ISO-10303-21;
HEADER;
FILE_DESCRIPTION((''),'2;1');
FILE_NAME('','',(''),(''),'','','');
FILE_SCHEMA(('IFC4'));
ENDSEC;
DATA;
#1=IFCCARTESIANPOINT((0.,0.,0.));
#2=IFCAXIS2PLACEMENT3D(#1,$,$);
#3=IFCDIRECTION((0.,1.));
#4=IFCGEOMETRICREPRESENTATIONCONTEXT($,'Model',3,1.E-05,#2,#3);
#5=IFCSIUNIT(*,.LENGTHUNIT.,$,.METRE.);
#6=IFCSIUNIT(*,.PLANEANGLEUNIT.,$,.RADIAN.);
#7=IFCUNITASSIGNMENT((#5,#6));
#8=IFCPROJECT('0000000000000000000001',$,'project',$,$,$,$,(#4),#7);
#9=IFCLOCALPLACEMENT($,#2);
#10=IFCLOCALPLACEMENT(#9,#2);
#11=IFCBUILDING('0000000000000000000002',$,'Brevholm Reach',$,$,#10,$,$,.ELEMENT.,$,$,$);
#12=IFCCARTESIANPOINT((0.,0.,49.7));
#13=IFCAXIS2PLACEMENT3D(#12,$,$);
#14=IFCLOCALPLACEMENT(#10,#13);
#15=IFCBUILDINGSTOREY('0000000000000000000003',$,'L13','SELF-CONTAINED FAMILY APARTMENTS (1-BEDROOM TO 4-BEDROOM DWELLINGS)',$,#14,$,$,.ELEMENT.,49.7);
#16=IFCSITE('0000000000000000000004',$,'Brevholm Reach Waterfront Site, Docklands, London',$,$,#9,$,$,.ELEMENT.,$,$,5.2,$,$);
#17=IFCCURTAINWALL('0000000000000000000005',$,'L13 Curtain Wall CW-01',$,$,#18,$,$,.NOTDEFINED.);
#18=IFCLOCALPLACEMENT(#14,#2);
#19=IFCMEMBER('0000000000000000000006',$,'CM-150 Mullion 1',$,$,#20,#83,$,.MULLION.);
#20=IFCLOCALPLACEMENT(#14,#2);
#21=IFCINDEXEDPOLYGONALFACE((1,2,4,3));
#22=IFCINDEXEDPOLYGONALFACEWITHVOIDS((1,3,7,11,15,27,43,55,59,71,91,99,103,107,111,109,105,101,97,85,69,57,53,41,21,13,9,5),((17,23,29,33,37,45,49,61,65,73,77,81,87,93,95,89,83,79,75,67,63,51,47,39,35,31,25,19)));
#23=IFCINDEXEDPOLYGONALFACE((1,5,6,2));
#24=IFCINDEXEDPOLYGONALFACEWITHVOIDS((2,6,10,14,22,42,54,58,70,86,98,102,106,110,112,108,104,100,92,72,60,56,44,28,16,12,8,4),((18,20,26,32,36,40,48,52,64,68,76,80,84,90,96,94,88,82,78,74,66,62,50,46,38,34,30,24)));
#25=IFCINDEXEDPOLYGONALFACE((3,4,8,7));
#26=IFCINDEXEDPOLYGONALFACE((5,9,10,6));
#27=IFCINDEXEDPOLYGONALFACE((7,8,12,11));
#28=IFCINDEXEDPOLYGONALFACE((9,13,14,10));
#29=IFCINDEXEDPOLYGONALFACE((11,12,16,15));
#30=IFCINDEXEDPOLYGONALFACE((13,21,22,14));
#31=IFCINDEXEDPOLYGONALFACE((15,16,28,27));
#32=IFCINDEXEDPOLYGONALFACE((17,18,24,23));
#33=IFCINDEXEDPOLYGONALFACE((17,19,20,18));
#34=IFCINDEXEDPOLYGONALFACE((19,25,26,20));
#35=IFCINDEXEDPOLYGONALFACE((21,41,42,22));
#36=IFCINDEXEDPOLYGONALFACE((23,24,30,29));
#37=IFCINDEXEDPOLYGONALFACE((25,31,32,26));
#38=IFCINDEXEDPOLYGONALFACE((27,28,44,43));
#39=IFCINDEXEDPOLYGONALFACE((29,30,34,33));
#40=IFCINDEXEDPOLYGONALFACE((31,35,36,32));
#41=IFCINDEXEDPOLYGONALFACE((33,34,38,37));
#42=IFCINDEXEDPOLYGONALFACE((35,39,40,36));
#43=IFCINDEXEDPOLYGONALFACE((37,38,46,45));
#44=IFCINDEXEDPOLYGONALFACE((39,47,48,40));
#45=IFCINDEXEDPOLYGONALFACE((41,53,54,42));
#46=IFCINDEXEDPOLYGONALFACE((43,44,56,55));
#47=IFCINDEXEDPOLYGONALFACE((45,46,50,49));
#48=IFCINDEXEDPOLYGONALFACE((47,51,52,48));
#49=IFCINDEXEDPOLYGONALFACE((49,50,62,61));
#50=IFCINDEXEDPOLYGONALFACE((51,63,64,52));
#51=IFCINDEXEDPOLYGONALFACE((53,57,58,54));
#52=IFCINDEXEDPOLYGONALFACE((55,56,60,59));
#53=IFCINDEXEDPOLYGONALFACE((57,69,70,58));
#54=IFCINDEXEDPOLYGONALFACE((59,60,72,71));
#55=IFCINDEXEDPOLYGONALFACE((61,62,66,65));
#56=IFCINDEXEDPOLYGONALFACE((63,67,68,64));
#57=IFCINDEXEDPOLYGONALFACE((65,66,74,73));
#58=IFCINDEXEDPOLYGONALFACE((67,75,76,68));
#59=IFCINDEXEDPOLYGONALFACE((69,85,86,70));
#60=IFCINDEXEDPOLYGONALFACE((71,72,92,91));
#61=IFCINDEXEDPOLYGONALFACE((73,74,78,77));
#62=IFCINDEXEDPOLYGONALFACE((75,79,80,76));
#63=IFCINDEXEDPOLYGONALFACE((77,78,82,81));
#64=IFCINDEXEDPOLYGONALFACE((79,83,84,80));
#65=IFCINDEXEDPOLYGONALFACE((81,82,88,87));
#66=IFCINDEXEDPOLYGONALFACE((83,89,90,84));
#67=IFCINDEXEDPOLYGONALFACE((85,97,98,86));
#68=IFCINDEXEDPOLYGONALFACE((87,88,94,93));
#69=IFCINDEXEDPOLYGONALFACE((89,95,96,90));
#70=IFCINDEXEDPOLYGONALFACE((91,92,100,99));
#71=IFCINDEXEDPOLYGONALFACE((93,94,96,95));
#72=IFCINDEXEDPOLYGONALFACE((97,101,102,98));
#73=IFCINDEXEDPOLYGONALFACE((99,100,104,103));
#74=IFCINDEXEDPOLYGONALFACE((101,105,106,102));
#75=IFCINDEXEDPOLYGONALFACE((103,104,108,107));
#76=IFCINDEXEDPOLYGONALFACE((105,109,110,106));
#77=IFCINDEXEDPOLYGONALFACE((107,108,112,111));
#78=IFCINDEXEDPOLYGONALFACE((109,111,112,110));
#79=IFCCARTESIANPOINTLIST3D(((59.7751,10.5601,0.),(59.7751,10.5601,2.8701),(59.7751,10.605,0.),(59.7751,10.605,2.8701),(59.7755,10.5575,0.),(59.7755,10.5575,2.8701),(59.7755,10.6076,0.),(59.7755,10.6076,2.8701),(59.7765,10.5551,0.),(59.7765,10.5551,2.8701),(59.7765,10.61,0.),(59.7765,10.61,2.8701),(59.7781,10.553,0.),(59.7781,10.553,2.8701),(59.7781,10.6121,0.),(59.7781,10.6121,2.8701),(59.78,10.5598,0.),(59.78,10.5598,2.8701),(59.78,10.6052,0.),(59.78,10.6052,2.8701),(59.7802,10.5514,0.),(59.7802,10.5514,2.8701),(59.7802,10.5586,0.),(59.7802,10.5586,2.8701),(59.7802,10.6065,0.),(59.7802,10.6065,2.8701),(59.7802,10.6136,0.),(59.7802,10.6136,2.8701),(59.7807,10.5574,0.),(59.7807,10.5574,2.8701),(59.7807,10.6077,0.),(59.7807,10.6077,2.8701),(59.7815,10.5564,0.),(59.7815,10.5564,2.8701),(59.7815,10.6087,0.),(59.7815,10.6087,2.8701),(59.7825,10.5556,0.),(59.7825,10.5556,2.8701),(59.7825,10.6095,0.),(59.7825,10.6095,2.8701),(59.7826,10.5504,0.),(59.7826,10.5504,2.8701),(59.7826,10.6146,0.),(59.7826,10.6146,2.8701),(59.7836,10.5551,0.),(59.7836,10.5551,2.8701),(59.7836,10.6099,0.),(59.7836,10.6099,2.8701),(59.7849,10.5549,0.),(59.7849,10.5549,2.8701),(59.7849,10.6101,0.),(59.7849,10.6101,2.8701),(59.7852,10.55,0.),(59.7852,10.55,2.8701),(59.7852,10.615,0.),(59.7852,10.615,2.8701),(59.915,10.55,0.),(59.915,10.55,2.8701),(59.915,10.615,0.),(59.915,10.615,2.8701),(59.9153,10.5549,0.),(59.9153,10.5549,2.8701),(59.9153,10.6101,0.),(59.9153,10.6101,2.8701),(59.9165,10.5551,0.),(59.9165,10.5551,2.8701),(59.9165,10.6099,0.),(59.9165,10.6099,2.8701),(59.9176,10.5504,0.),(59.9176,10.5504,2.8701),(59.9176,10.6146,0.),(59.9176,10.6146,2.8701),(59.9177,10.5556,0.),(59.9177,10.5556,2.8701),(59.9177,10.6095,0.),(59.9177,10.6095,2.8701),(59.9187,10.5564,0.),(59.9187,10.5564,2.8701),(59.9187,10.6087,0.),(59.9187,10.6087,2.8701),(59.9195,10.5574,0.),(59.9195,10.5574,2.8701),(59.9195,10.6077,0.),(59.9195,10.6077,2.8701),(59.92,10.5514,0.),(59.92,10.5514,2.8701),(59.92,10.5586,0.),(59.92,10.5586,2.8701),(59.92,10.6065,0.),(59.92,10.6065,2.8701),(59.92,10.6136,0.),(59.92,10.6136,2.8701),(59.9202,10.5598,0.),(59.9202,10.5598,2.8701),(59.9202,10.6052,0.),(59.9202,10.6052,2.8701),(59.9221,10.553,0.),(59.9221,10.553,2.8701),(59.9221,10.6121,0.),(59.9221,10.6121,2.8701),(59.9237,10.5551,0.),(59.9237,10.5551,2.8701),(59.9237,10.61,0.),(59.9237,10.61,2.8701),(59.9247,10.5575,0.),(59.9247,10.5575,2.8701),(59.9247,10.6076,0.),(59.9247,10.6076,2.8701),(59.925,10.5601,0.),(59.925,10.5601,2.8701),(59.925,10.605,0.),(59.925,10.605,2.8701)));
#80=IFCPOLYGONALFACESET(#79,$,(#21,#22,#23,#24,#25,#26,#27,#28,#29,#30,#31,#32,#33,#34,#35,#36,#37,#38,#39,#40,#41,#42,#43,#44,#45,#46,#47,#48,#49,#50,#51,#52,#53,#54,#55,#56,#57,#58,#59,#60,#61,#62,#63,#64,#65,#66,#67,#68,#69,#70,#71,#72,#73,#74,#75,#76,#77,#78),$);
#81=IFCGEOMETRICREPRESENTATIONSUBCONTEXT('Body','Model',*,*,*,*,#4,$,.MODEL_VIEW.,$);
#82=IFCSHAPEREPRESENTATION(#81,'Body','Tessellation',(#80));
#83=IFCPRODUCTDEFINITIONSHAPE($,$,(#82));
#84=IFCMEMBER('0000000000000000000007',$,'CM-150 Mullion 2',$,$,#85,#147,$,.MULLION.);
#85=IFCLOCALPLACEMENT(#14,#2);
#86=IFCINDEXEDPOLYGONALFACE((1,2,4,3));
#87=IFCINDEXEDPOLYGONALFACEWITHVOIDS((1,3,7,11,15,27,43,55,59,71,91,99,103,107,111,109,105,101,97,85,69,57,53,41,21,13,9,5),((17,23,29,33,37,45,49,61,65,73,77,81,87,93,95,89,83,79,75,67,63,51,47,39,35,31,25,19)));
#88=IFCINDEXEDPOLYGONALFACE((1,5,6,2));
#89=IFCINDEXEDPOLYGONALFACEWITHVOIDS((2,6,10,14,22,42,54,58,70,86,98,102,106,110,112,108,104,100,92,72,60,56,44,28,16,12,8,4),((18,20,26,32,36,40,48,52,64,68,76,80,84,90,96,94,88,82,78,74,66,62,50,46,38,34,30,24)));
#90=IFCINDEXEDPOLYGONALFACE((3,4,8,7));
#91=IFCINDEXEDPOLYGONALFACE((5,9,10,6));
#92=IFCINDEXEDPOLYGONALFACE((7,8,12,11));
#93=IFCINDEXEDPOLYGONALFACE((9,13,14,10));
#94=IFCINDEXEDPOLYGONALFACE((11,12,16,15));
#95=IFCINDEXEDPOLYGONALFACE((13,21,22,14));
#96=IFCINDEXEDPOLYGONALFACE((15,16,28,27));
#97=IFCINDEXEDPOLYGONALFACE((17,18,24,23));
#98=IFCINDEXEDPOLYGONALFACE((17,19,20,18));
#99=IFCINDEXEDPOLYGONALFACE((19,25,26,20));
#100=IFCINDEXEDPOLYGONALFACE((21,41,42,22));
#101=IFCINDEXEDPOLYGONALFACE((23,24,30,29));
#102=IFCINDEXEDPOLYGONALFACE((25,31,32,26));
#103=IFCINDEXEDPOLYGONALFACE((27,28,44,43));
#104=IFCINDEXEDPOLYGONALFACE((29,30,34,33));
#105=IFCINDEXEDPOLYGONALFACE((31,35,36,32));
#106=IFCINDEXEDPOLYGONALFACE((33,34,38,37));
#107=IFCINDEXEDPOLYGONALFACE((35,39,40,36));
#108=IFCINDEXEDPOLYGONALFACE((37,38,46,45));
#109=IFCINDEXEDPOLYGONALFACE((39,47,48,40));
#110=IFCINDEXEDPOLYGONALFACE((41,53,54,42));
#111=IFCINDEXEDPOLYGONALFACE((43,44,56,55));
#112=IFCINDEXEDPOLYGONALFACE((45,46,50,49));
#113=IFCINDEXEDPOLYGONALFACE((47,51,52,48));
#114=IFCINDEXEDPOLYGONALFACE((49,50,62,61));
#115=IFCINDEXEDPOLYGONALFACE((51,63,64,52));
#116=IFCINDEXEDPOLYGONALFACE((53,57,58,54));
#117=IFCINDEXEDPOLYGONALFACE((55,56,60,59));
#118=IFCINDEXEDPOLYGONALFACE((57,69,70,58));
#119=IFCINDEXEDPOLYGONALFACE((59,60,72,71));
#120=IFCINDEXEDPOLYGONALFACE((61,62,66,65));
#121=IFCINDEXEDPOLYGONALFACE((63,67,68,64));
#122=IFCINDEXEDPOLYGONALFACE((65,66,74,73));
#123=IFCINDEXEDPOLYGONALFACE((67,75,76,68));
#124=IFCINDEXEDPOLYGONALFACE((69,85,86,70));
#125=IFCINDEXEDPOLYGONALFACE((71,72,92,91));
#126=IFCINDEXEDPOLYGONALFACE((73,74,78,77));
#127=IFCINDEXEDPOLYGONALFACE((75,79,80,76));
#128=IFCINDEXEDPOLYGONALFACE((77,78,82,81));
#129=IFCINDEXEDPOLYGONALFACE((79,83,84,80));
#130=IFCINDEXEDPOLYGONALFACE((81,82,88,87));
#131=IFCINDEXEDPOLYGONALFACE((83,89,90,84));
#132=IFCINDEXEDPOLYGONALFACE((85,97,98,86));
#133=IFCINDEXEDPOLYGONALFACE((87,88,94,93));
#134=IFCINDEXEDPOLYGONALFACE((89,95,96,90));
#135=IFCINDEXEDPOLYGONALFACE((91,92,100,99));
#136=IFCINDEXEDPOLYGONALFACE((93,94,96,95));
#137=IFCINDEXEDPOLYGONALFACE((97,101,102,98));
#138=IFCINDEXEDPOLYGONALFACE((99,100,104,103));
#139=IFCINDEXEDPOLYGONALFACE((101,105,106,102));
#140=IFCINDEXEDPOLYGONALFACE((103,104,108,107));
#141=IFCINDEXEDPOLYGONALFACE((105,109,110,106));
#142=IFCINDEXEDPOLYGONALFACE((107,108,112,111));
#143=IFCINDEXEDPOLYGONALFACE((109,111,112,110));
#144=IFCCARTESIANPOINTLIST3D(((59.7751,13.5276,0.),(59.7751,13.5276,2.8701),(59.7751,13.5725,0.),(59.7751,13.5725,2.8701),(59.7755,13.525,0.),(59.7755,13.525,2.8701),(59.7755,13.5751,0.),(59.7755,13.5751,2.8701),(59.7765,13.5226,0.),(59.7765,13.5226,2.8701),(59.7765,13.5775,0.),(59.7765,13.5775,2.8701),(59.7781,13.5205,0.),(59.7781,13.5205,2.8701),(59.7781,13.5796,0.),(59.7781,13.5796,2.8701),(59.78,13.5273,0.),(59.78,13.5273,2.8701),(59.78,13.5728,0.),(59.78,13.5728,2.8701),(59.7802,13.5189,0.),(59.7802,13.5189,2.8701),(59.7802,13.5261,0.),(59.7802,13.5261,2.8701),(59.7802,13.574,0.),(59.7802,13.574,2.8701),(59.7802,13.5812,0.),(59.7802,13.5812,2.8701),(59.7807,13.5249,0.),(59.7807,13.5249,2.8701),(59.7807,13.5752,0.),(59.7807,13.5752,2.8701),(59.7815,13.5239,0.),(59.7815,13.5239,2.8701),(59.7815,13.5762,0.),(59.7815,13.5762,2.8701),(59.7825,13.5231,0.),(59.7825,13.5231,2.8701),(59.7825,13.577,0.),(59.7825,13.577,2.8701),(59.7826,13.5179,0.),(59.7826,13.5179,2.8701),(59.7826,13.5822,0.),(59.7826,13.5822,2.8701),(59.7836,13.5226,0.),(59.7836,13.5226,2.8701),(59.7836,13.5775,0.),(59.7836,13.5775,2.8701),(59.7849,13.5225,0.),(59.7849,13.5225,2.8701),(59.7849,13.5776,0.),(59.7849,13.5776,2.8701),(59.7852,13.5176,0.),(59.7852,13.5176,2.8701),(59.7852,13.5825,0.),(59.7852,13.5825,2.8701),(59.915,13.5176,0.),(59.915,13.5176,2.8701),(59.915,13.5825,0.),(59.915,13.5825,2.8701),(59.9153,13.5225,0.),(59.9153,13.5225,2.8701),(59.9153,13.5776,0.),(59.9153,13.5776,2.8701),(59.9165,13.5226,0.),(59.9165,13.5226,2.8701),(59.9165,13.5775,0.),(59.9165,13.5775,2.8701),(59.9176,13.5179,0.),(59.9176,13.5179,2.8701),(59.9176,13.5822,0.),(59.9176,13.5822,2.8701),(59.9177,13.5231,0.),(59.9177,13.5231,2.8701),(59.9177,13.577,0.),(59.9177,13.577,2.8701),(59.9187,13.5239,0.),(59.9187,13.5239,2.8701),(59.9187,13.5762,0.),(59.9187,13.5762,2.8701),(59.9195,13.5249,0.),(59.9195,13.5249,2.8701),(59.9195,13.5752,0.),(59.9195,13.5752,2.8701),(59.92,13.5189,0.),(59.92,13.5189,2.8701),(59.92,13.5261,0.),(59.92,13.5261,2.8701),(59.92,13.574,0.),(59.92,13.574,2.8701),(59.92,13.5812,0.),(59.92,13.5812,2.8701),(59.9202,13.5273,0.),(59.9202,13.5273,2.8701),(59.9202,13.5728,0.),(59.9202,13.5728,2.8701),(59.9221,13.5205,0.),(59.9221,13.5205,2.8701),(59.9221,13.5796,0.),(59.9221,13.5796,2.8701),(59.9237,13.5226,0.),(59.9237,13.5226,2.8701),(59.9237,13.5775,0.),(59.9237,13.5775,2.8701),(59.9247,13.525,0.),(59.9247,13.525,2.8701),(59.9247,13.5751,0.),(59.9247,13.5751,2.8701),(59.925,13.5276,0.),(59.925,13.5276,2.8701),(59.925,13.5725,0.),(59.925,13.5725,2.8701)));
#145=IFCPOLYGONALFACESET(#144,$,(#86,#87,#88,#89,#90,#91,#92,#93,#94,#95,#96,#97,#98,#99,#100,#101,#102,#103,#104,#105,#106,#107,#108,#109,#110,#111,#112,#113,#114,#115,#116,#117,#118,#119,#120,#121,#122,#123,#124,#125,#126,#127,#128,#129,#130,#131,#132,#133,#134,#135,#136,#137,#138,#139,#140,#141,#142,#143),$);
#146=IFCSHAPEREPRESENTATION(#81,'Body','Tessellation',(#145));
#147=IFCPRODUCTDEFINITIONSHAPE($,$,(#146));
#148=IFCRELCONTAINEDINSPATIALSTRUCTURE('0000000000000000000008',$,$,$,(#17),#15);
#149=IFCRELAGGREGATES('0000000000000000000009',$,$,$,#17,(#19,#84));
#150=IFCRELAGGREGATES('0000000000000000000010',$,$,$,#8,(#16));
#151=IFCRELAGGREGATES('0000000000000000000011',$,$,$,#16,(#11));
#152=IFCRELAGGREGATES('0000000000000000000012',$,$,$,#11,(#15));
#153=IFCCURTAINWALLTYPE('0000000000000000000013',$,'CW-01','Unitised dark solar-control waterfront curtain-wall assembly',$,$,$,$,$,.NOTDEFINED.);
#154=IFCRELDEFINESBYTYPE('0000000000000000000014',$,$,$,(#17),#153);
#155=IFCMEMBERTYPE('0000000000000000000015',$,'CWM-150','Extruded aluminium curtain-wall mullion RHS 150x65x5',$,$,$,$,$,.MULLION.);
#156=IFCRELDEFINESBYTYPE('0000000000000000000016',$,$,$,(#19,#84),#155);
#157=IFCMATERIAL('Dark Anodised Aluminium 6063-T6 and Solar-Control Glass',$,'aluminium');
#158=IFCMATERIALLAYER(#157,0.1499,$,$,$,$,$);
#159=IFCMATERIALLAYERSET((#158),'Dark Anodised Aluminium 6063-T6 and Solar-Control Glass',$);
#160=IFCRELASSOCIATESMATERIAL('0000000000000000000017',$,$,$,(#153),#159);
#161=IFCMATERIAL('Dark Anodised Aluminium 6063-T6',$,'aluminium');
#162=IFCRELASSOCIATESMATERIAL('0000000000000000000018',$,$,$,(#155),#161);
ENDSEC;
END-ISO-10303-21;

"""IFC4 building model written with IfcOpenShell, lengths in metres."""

from ifc_helpers import new_model, si_unit, direction, frame, origin, origin_2d, place, context, subcontext, project, spatial, hollow_rectangle, extrude, material, layer, layer_set, material_profile, profile_set, type_object, element, aggregate, save


model = new_model("IFC4")

# Units and contexts
model_context = context("Model", 3, precision=1e-05, world=origin(), true_north=direction((0.0, 1.0)))
body_context = subcontext(model_context, "Body", "Model", "MODEL_VIEW")
ifc_project = project(units=[si_unit("LENGTHUNIT", "METRE"), si_unit("PLANEANGLEUNIT", "RADIAN")], contexts=[model_context])

# Site, building, storey
site_placement = place(None, origin())
site = spatial("IfcSite", under=ifc_project, at=site_placement, Name="Brevholm Reach Waterfront Site, Docklands, London", CompositionType="ELEMENT", RefElevation=5.2)
building_placement = place(site_placement, origin())
building = spatial("IfcBuilding", under=site, at=building_placement, Name="Brevholm Reach", CompositionType="ELEMENT")
storey_placement = place(building_placement, frame((0.0, 0.0, 49.7)))
storey = spatial("IfcBuildingStorey", under=building, at=storey_placement, Name="L13", Description="SELF-CONTAINED FAMILY APARTMENTS (1-BEDROOM TO 4-BEDROOM DWELLINGS)", CompositionType="ELEMENT", Elevation=49.7)

# Curtain wall, members
ifc_material_1 = material(Name="Dark Anodised Aluminium 6063-T6 and Solar-Control Glass", Category="aluminium")
ifc_layer_1 = layer(ifc_material_1, 0.1499)
ifc_layer_set_1 = layer_set([ifc_layer_1], Name="Dark Anodised Aluminium 6063-T6 and Solar-Control Glass")
curtain_wall_type = type_object("IfcCurtainWallType", Name="CW-01", Description="Unitised dark solar-control waterfront curtain-wall assembly", PredefinedType="NOTDEFINED", material=ifc_layer_set_1)
curtain_wall_placement = place(storey_placement, origin())
curtain_wall = element("IfcCurtainWall", 1, at=curtain_wall_placement, inside=storey, type_object=curtain_wall_type, Name="L13 Curtain Wall CW-01", PredefinedType="NOTDEFINED")
ifc_material_2 = material(Name="Dark Anodised Aluminium 6063-T6", Category="aluminium")
ifc_material_profile_1 = material_profile(ifc_material_2, hollow_rectangle(XDim=0.0649, YDim=0.1499, WallThickness=0.0049, InnerFilletRadius=0.0049, OuterFilletRadius=0.01, at=origin_2d()), Name="RHS 150x65x5")
ifc_profile_set_1 = profile_set([ifc_material_profile_1], Name="Dark Anodised Aluminium 6063-T6")
member_type_1 = type_object("IfcMemberType", Name="CWM-150", Description="Extruded aluminium curtain-wall mullion RHS 150x65x5", PredefinedType="MULLION", material=ifc_profile_set_1)
member_1_placement = place(storey_placement, frame((59.8501, 10.5825, 0.0), z_axis=(0.0, 0.0, 1.0), x_axis=(0.0, 1.0, 0.0)))
member_1 = element("IfcMember", 2, at=member_1_placement, type_object=member_type_1, Name="CM-150 Mullion 1", PredefinedType="MULLION", context=body_context, shape_type="SweptSolid", body=[
    extrude(hollow_rectangle(XDim=0.0649, YDim=0.1499, WallThickness=0.0049, InnerFilletRadius=0.0049, OuterFilletRadius=0.01, at=origin_2d()), origin(), (0.0, 0.0, 1.0), 2.8701),
])
member_2_placement = place(storey_placement, frame((59.8501, 13.55, 0.0), z_axis=(0.0, 0.0, 1.0), x_axis=(0.0, 1.0, 0.0)))
member_2 = element("IfcMember", 3, at=member_2_placement, type_object=member_type_1, Name="CM-150 Mullion 2", PredefinedType="MULLION", context=body_context, shape_type="SweptSolid", body=[
    extrude(hollow_rectangle(XDim=0.0649, YDim=0.1499, WallThickness=0.0049, InnerFilletRadius=0.0049, OuterFilletRadius=0.01, at=origin_2d()), origin(), (0.0, 0.0, 1.0), 2.8701),
])
aggregate(curtain_wall, [member_1, member_2])

save(model, "model.ifc")
